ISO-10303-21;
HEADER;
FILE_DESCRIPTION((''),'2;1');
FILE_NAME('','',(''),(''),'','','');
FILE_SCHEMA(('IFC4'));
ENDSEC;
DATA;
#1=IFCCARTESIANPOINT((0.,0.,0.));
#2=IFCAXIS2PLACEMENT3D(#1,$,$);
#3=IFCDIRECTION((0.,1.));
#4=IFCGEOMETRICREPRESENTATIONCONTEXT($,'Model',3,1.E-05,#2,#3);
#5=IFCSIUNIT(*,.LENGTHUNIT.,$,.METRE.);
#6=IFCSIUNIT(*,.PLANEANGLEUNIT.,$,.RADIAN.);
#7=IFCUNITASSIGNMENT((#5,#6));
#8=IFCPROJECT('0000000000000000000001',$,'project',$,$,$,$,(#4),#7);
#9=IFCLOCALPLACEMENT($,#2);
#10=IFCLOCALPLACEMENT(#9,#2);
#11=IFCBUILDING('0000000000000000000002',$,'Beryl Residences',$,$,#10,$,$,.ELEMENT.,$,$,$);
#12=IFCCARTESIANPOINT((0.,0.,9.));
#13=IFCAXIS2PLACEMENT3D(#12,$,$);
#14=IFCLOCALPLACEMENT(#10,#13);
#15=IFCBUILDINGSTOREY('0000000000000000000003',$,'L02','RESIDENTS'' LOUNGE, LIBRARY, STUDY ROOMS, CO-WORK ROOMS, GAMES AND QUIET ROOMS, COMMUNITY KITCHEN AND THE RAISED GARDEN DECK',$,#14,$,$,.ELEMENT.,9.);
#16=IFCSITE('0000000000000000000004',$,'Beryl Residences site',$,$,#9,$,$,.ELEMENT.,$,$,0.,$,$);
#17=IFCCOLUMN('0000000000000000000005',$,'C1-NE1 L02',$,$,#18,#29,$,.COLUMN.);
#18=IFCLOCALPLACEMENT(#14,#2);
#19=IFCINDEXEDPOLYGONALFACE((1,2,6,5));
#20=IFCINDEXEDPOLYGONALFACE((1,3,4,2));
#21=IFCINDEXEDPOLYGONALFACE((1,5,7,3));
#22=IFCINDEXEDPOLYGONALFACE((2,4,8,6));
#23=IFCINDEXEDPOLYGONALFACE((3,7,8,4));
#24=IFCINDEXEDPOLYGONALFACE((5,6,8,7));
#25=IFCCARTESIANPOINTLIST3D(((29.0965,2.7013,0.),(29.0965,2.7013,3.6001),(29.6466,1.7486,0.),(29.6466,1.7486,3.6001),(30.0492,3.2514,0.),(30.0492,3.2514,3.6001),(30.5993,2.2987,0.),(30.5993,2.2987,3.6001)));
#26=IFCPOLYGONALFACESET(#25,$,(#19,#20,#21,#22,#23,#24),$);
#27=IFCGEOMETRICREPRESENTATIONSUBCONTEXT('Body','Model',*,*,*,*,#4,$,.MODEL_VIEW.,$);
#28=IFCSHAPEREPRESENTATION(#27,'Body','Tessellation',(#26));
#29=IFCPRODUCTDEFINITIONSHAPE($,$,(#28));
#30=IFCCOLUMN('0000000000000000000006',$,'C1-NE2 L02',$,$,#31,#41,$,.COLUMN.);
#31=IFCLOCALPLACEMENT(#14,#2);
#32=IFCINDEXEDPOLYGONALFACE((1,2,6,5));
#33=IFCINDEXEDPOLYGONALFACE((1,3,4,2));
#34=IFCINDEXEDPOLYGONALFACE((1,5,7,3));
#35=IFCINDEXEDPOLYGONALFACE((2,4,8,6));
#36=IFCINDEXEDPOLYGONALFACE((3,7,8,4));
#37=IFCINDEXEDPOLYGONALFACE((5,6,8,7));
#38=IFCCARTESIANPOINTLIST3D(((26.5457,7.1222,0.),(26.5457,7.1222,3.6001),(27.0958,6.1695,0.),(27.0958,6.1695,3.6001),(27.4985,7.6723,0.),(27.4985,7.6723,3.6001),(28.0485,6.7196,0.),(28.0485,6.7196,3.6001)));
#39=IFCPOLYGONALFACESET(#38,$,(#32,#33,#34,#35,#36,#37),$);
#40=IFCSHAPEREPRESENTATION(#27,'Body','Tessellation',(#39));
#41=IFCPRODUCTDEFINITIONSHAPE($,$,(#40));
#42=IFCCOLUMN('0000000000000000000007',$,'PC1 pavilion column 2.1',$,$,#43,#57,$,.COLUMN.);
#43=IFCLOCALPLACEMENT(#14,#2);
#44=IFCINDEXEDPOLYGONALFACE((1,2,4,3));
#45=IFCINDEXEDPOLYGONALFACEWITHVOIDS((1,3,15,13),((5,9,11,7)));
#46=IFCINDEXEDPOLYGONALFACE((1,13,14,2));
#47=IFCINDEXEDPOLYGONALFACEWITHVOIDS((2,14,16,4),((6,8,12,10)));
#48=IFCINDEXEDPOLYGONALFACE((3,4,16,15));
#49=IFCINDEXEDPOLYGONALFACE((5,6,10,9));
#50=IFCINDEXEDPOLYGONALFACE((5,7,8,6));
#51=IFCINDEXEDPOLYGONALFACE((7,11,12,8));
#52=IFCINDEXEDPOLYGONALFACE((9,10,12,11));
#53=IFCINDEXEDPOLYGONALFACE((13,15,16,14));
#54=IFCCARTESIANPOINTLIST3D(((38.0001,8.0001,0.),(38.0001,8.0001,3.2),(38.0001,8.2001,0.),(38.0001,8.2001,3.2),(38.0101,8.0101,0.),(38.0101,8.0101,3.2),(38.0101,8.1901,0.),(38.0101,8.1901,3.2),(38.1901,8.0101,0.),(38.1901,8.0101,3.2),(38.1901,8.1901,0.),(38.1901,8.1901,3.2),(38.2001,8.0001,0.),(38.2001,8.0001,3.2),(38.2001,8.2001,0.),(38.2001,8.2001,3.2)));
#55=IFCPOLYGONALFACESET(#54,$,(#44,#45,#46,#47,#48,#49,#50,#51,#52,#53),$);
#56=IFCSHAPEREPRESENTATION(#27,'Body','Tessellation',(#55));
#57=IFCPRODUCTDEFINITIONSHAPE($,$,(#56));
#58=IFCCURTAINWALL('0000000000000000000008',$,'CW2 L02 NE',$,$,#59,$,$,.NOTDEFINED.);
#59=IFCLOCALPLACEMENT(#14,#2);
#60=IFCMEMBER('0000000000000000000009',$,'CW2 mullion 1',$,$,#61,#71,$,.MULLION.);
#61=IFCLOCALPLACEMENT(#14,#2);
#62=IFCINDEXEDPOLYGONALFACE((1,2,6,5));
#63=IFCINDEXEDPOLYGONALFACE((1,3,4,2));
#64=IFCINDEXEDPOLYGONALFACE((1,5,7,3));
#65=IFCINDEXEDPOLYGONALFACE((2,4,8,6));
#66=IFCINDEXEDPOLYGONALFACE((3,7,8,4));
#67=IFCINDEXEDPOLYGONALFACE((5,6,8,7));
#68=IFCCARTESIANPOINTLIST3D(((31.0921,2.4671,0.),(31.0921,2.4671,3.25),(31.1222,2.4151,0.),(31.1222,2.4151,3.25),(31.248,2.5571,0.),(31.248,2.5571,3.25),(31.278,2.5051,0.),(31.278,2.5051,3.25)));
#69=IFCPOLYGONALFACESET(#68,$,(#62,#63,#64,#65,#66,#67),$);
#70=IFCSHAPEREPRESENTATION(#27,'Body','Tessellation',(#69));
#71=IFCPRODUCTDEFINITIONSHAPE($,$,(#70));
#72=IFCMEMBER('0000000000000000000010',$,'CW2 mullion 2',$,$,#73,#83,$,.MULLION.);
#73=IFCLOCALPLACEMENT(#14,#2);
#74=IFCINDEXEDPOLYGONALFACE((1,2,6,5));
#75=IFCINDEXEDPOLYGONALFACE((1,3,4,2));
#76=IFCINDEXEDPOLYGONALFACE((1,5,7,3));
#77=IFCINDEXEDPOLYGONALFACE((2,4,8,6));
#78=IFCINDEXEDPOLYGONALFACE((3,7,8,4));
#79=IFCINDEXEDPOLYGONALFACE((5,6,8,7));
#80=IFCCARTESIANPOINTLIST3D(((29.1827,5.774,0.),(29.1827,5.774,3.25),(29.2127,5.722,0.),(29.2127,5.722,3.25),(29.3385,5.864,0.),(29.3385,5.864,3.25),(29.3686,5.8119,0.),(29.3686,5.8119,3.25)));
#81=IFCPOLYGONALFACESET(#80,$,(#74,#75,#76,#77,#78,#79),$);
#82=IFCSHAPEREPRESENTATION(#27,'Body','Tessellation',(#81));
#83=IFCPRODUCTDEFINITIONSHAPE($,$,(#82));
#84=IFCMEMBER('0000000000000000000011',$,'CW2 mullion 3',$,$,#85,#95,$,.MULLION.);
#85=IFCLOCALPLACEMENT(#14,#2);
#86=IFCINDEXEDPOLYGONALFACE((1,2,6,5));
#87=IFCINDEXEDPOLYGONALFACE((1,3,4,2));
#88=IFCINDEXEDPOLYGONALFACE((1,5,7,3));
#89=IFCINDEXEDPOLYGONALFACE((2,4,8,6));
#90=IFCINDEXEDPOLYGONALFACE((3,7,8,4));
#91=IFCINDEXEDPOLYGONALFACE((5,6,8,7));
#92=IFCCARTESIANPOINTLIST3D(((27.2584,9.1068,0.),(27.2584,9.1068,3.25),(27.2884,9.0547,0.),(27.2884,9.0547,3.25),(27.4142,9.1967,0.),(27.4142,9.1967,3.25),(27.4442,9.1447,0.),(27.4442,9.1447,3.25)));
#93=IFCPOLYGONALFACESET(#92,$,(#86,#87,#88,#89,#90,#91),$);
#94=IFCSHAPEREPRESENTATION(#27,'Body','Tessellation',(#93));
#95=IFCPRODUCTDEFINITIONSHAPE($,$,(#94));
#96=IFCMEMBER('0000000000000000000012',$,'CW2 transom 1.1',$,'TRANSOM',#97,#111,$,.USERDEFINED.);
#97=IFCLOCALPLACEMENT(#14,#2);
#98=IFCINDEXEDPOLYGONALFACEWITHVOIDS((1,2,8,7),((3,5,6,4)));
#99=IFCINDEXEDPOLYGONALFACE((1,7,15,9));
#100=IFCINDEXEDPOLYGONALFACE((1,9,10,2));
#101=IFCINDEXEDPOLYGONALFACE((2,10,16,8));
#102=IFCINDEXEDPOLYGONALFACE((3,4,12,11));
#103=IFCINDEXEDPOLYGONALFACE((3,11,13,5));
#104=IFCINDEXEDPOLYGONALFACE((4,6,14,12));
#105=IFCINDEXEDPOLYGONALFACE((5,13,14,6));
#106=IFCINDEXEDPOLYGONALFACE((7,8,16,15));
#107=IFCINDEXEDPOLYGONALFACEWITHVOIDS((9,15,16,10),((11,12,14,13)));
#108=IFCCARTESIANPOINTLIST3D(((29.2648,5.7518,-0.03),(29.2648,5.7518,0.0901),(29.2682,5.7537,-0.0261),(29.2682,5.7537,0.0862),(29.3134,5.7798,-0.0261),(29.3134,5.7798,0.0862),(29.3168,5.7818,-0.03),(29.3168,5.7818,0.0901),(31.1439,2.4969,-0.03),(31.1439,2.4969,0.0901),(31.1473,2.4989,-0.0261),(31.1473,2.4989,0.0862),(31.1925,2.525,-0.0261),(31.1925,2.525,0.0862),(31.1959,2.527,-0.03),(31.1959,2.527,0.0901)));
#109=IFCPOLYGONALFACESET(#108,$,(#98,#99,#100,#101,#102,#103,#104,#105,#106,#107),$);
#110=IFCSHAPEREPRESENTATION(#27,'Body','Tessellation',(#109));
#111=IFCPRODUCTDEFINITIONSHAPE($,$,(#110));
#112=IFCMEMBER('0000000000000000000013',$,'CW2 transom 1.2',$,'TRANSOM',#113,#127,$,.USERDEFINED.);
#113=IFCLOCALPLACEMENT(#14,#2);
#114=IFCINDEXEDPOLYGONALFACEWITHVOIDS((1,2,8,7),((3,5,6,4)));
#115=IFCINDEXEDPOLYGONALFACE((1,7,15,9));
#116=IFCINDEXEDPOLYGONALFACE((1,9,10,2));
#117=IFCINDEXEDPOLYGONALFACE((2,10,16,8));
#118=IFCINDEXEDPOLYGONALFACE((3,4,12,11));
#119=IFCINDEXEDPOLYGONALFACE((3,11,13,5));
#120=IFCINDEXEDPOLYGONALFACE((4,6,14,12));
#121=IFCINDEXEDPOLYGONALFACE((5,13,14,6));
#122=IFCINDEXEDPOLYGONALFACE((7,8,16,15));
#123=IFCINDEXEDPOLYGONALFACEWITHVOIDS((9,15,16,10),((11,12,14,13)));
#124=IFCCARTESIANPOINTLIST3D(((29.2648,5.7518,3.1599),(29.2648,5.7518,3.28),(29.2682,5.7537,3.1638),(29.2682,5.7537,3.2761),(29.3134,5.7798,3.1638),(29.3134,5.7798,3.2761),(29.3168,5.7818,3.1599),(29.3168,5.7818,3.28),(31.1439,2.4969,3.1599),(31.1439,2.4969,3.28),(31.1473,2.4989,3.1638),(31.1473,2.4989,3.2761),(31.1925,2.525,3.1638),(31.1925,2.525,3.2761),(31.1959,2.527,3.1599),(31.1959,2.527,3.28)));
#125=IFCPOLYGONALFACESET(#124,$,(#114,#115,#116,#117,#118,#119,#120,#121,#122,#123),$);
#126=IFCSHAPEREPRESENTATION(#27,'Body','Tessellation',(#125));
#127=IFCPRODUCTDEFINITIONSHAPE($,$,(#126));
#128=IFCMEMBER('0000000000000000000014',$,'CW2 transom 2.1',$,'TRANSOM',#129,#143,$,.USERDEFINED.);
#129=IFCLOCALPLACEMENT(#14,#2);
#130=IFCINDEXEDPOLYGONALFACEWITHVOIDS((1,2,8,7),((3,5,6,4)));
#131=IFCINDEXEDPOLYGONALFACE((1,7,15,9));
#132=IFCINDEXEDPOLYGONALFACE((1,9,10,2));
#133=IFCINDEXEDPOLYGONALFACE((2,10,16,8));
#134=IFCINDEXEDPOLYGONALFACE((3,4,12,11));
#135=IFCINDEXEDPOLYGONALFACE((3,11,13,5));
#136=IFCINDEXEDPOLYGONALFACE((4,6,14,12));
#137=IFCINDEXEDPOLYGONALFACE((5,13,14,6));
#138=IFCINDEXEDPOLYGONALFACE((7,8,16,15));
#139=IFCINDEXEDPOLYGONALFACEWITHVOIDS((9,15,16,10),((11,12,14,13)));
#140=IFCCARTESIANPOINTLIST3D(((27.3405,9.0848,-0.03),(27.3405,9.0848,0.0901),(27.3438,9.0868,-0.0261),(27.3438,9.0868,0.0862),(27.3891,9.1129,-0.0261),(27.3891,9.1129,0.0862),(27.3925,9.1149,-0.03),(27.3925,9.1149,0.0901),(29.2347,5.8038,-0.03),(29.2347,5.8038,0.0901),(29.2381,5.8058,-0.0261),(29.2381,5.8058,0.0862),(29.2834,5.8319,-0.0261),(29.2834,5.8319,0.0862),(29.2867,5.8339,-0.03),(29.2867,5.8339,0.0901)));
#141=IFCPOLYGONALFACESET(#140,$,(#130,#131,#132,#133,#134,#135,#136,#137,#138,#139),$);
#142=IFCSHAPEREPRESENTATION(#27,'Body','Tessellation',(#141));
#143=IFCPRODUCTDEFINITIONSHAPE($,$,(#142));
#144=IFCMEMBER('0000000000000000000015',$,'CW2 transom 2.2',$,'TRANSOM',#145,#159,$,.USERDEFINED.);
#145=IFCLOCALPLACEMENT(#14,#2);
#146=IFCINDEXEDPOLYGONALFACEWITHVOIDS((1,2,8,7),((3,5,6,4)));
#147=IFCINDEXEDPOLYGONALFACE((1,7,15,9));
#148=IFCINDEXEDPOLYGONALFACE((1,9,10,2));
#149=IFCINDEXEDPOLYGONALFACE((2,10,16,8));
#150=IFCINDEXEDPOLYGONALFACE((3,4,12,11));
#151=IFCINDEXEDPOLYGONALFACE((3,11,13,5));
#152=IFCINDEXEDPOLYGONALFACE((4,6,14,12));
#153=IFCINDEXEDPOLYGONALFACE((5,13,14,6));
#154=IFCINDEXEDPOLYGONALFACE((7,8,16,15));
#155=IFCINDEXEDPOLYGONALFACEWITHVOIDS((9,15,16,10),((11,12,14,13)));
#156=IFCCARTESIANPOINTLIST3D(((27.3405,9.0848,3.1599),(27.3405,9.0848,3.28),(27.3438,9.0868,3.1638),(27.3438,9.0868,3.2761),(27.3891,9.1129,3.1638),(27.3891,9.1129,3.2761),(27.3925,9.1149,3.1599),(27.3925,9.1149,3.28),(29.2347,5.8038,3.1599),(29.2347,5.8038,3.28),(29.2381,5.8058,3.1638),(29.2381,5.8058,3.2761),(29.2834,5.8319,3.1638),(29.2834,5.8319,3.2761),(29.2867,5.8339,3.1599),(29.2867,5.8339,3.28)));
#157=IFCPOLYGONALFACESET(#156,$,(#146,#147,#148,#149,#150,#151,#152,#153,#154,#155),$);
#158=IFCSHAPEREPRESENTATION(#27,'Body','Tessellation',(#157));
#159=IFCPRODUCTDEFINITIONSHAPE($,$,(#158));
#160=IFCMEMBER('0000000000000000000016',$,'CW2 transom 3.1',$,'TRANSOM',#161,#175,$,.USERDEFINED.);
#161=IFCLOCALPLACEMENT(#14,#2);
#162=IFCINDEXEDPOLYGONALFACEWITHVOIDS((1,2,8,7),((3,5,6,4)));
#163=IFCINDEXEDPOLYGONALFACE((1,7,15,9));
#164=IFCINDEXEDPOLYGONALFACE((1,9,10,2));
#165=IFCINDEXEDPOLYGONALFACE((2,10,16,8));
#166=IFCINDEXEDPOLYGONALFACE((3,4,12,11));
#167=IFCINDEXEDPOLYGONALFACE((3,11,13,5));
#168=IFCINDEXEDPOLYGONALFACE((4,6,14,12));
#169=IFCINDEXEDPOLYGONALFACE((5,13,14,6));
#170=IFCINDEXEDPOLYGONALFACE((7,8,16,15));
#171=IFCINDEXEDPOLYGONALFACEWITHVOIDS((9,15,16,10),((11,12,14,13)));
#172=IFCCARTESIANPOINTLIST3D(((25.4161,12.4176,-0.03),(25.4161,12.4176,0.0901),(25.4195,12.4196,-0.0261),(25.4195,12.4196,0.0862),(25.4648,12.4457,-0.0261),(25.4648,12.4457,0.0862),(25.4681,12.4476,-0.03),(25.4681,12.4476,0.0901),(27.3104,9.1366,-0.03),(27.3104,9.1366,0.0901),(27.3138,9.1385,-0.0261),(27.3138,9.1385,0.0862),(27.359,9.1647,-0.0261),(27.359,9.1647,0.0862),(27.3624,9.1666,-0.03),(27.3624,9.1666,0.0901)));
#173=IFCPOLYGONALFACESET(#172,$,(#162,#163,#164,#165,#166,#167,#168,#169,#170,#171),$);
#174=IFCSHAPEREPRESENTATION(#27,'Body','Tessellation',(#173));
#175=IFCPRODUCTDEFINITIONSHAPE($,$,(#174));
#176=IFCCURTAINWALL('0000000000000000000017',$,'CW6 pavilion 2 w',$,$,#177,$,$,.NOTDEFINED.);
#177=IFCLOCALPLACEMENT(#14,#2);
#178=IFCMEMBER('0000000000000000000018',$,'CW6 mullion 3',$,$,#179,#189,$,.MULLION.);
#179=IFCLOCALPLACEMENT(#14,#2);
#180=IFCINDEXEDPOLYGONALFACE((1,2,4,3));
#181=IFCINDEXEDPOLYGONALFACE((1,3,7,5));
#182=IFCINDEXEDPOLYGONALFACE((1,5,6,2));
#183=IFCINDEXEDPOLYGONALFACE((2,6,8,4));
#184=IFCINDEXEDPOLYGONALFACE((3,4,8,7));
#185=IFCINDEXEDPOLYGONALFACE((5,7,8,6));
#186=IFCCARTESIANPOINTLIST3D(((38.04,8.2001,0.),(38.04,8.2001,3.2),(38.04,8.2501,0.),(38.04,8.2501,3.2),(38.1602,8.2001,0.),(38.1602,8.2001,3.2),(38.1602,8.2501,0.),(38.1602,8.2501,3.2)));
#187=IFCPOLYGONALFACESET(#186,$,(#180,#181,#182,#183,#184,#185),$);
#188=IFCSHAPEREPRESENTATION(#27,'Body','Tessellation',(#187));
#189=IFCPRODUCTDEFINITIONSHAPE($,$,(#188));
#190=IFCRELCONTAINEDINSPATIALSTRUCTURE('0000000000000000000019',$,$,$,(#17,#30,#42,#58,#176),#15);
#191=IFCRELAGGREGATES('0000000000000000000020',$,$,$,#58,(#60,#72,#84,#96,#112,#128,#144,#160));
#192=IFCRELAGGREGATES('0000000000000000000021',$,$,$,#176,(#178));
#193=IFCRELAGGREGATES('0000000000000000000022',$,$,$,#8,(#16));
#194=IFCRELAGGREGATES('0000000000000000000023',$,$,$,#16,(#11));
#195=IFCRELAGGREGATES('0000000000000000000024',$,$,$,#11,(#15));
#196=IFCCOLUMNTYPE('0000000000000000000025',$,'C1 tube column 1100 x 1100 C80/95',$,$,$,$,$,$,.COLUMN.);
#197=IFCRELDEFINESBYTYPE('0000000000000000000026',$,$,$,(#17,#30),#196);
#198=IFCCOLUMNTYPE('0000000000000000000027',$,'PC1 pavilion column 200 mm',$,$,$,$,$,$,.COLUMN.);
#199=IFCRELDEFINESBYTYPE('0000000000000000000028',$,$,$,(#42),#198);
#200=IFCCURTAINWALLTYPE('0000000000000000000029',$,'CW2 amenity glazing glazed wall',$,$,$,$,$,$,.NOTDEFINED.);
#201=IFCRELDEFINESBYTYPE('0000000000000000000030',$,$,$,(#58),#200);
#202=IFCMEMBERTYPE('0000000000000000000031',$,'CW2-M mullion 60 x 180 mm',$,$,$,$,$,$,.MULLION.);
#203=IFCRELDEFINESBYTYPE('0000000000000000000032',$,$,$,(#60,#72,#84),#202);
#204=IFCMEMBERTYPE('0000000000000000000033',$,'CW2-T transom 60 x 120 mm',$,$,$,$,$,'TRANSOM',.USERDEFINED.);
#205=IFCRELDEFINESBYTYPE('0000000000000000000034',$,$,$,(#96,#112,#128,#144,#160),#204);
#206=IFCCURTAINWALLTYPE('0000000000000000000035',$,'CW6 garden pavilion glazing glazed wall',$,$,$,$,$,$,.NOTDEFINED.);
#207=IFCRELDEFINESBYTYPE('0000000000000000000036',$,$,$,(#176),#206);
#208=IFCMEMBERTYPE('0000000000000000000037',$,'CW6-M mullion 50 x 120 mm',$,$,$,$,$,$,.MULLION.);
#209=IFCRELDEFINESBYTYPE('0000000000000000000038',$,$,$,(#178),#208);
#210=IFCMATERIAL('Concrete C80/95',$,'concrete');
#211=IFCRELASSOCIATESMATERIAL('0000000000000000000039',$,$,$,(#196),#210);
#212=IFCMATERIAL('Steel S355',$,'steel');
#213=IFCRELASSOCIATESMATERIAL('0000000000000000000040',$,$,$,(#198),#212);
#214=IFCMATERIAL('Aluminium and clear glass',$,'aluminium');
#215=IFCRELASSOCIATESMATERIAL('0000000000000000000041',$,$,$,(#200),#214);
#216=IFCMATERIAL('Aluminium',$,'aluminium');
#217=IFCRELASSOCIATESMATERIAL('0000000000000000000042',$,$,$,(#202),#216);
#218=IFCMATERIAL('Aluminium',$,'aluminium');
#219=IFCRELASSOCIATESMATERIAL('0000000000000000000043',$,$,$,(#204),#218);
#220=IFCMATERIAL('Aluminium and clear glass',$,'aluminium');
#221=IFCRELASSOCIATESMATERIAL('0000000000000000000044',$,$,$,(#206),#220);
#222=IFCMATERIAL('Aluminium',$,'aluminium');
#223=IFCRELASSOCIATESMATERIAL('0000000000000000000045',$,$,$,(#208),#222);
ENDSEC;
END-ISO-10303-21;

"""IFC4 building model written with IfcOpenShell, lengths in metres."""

from ifc_helpers import new_model, si_unit, direction, frame, origin, origin_2d, place, context, subcontext, project, spatial, rectangle, hollow_rectangle, extrude, material, material_profile, profile_set, type_object, element, aggregate, save


model = new_model("IFC4")

# Units and contexts
model_context = context("Model", 3, precision=1e-05, world=origin(), true_north=direction((0.0, 1.0)))
body_context = subcontext(model_context, "Body", "Model", "MODEL_VIEW")
ifc_project = project(units=[si_unit("LENGTHUNIT", "METRE"), si_unit("PLANEANGLEUNIT", "RADIAN")], contexts=[model_context])

# Site, building, storey
site_placement = place(None, origin())
site = spatial("IfcSite", under=ifc_project, at=site_placement, Name="Beryl Residences site", CompositionType="ELEMENT", RefElevation=0.0)
building_placement = place(site_placement, origin())
building = spatial("IfcBuilding", under=site, at=building_placement, Name="Beryl Residences", CompositionType="ELEMENT")
storey_placement = place(building_placement, frame((0.0, 0.0, 9.0)))
storey = spatial("IfcBuildingStorey", under=building, at=storey_placement, Name="L02", Description="RESIDENTS' LOUNGE, LIBRARY, STUDY ROOMS, CO-WORK ROOMS, GAMES AND QUIET ROOMS, COMMUNITY KITCHEN AND THE RAISED GARDEN DECK", CompositionType="ELEMENT", Elevation=9.0)

# Columns
ifc_material_1 = material(Name="Concrete C80/95", Category="concrete")
ifc_material_profile_1 = material_profile(ifc_material_1, rectangle(XDim=1.1001, YDim=1.1001, at=origin_2d()))
ifc_profile_set_1 = profile_set([ifc_material_profile_1], Name="Concrete C80/95")
column_type_1 = type_object("IfcColumnType", Name="C1 tube column 1100 x 1100 C80/95", PredefinedType="COLUMN", material=ifc_profile_set_1)
for number, where, z_axis, x_axis, name in (
    (1, (29.8479, 2.5, 0.0), (0.0, 0.0, 1.0), (-0.499985, 0.866034, 0.0), "C1-NE1 L02"),
    (2, (27.2971, 6.9209, 0.0), (0.0, 0.0, 1.0), (-0.499985, 0.866034, 0.0), "C1-NE2 L02"),
):
    element("IfcColumn", number, at=place(storey_placement, frame(where, z_axis=z_axis, x_axis=x_axis)), inside=storey, type_object=column_type_1, Name=name, PredefinedType="COLUMN", context=body_context, shape_type="SweptSolid", body=[
        extrude(rectangle(XDim=1.1001, YDim=1.1001, at=origin_2d()), origin(), (0.0, 0.0, 1.0), 3.6001),
    ])
ifc_material_2 = material(Name="Steel S355", Category="steel")
ifc_material_profile_2 = material_profile(ifc_material_2, hollow_rectangle(XDim=0.2, YDim=0.2, WallThickness=0.01, at=origin_2d()))
ifc_profile_set_2 = profile_set([ifc_material_profile_2], Name="Steel S355")
column_type_2 = type_object("IfcColumnType", Name="PC1 pavilion column 200 mm", PredefinedType="COLUMN", material=ifc_profile_set_2)
column_placement = place(storey_placement, frame((38.1001, 8.1001, 0.0), z_axis=(0.0, 0.0, 1.0), x_axis=(1.0, 0.0, 0.0)))
element("IfcColumn", 3, at=column_placement, inside=storey, type_object=column_type_2, Name="PC1 pavilion column 2.1", PredefinedType="COLUMN", context=body_context, shape_type="SweptSolid", body=[
    extrude(hollow_rectangle(XDim=0.2, YDim=0.2, WallThickness=0.01, at=origin_2d()), origin(), (0.0, 0.0, 1.0), 3.2),
])

# Curtain wall, members
ifc_material_3 = material(Name="Aluminium and clear glass", Category="aluminium")
curtain_wall_type_1 = type_object("IfcCurtainWallType", Name="CW2 amenity glazing glazed wall", PredefinedType="NOTDEFINED", material=ifc_material_3)
curtain_wall_1_placement = place(storey_placement, origin())
curtain_wall_1 = element("IfcCurtainWall", 4, at=curtain_wall_1_placement, inside=storey, type_object=curtain_wall_type_1, Name="CW2 L02 NE", PredefinedType="NOTDEFINED")
ifc_material_4 = material(Name="Aluminium", Category="aluminium")
ifc_material_profile_3 = material_profile(ifc_material_4, rectangle(XDim=0.0601, YDim=0.1799, at=origin_2d()))
ifc_profile_set_3 = profile_set([ifc_material_profile_3], Name="Aluminium")
member_type_1 = type_object("IfcMemberType", Name="CW2-M mullion 60 x 180 mm", PredefinedType="MULLION", material=ifc_profile_set_3)
member_1_placement = place(storey_placement, frame((31.1851, 2.4861, 0.0), z_axis=(0.0, 0.0, 1.0), x_axis=(-0.500012, 0.866019, 0.0)))
member_1 = element("IfcMember", 5, at=member_1_placement, type_object=member_type_1, Name="CW2 mullion 1", PredefinedType="MULLION", context=body_context, shape_type="SweptSolid", body=[
    extrude(rectangle(XDim=0.0601, YDim=0.1799, at=origin_2d()), origin(), (0.0, 0.0, 1.0), 3.25),
])
member_2_placement = place(storey_placement, frame((29.2756, 5.793, 0.0), z_axis=(0.0, 0.0, 1.0), x_axis=(-0.500012, 0.866019, 0.0)))
member_2 = element("IfcMember", 6, at=member_2_placement, type_object=member_type_1, Name="CW2 mullion 2", PredefinedType="MULLION", context=body_context, shape_type="SweptSolid", body=[
    extrude(rectangle(XDim=0.0601, YDim=0.1799, at=origin_2d()), origin(), (0.0, 0.0, 1.0), 3.25),
])
member_3_placement = place(storey_placement, frame((27.3513, 9.1257, 0.0), z_axis=(0.0, 0.0, 1.0), x_axis=(-0.500012, 0.866019, 0.0)))
member_3 = element("IfcMember", 7, at=member_3_placement, type_object=member_type_1, Name="CW2 mullion 3", PredefinedType="MULLION", context=body_context, shape_type="SweptSolid", body=[
    extrude(rectangle(XDim=0.0601, YDim=0.1799, at=origin_2d()), origin(), (0.0, 0.0, 1.0), 3.25),
])
ifc_material_5 = material(Name="Aluminium", Category="aluminium")
ifc_material_profile_4 = material_profile(ifc_material_5, hollow_rectangle(XDim=0.0601, YDim=0.1201, WallThickness=0.0039, at=origin_2d()))
ifc_profile_set_4 = profile_set([ifc_material_profile_4], Name="Aluminium")
member_type_2 = type_object("IfcMemberType", Name="CW2-T transom 60 x 120 mm", ElementType="TRANSOM", PredefinedType="USERDEFINED", material=ifc_profile_set_4)
member_4_placement = place(storey_placement, frame((31.1699, 2.512, 0.03), z_axis=(-0.499989, 0.866032, 0.0), x_axis=(-0.866032, -0.499989, 0.0)))
member_4 = element("IfcMember", 8, at=member_4_placement, type_object=member_type_2, Name="CW2 transom 1.1", ObjectType="TRANSOM", PredefinedType="USERDEFINED", context=body_context, shape_type="SweptSolid", body=[
    extrude(hollow_rectangle(XDim=0.0601, YDim=0.1201, WallThickness=0.0039, at=origin_2d()), origin(), (0.0, 0.0, 1.0), 3.7583),
])
member_5_placement = place(storey_placement, frame((31.1699, 2.512, 3.22), z_axis=(-0.499989, 0.866032, 0.0), x_axis=(-0.866032, -0.499989, 0.0)))
member_5 = element("IfcMember", 9, at=member_5_placement, type_object=member_type_2, Name="CW2 transom 1.2", ObjectType="TRANSOM", PredefinedType="USERDEFINED", context=body_context, shape_type="SweptSolid", body=[
    extrude(hollow_rectangle(XDim=0.0601, YDim=0.1201, WallThickness=0.0039, at=origin_2d()), origin(), (0.0, 0.0, 1.0), 3.7583),
])
member_6_placement = place(storey_placement, frame((29.2607, 5.8188, 0.03), z_axis=(-0.5, 0.866026, 0.0), x_axis=(-0.866026, -0.5, 0.0)))
member_6 = element("IfcMember", 10, at=member_6_placement, type_object=member_type_2, Name="CW2 transom 2.1", ObjectType="TRANSOM", PredefinedType="USERDEFINED", context=body_context, shape_type="SweptSolid", body=[
    extrude(hollow_rectangle(XDim=0.0601, YDim=0.1201, WallThickness=0.0039, at=origin_2d()), origin(), (0.0, 0.0, 1.0), 3.7886),
])
member_7_placement = place(storey_placement, frame((29.2607, 5.8188, 3.22), z_axis=(-0.5, 0.866026, 0.0), x_axis=(-0.866026, -0.5, 0.0)))
member_7 = element("IfcMember", 11, at=member_7_placement, type_object=member_type_2, Name="CW2 transom 2.2", ObjectType="TRANSOM", PredefinedType="USERDEFINED", context=body_context, shape_type="SweptSolid", body=[
    extrude(hollow_rectangle(XDim=0.0601, YDim=0.1201, WallThickness=0.0039, at=origin_2d()), origin(), (0.0, 0.0, 1.0), 3.7886),
])
member_8_placement = place(storey_placement, frame((27.3364, 9.1516, 0.03), z_axis=(-0.5, 0.866026, 0.0), x_axis=(-0.866026, -0.5, 0.0)))
member_8 = element("IfcMember", 12, at=member_8_placement, type_object=member_type_2, Name="CW2 transom 3.1", ObjectType="TRANSOM", PredefinedType="USERDEFINED", context=body_context, shape_type="SweptSolid", body=[
    extrude(hollow_rectangle(XDim=0.0601, YDim=0.1201, WallThickness=0.0039, at=origin_2d()), origin(), (0.0, 0.0, 1.0), 3.7886),
])

# Curtain wall, member
ifc_material_6 = material(Name="Aluminium and clear glass", Category="aluminium")
curtain_wall_type_2 = type_object("IfcCurtainWallType", Name="CW6 garden pavilion glazing glazed wall", PredefinedType="NOTDEFINED", material=ifc_material_6)
curtain_wall_2_placement = place(storey_placement, origin())
curtain_wall_2 = element("IfcCurtainWall", 13, at=curtain_wall_2_placement, inside=storey, type_object=curtain_wall_type_2, Name="CW6 pavilion 2 w", PredefinedType="NOTDEFINED")
ifc_material_7 = material(Name="Aluminium", Category="aluminium")
ifc_material_profile_5 = material_profile(ifc_material_7, rectangle(XDim=0.05, YDim=0.1201, at=origin_2d()))
ifc_profile_set_5 = profile_set([ifc_material_profile_5], Name="Aluminium")
member_type_3 = type_object("IfcMemberType", Name="CW6-M mullion 50 x 120 mm", PredefinedType="MULLION", material=ifc_profile_set_5)
member_9_placement = place(storey_placement, frame((38.1001, 8.2251, 0.0), z_axis=(0.0, 0.0, 1.0), x_axis=(0.0, -1.0, 0.0)))
member_9 = element("IfcMember", 14, at=member_9_placement, type_object=member_type_3, Name="CW6 mullion 3", PredefinedType="MULLION", context=body_context, shape_type="SweptSolid", body=[
    extrude(rectangle(XDim=0.05, YDim=0.1201, at=origin_2d()), origin(), (0.0, 0.0, 1.0), 3.2),
])

aggregate(curtain_wall_1, [member_1, member_2, member_3, member_4, member_5, member_6, member_7, member_8])
aggregate(curtain_wall_2, [member_9])

save(model, "model.ifc")
